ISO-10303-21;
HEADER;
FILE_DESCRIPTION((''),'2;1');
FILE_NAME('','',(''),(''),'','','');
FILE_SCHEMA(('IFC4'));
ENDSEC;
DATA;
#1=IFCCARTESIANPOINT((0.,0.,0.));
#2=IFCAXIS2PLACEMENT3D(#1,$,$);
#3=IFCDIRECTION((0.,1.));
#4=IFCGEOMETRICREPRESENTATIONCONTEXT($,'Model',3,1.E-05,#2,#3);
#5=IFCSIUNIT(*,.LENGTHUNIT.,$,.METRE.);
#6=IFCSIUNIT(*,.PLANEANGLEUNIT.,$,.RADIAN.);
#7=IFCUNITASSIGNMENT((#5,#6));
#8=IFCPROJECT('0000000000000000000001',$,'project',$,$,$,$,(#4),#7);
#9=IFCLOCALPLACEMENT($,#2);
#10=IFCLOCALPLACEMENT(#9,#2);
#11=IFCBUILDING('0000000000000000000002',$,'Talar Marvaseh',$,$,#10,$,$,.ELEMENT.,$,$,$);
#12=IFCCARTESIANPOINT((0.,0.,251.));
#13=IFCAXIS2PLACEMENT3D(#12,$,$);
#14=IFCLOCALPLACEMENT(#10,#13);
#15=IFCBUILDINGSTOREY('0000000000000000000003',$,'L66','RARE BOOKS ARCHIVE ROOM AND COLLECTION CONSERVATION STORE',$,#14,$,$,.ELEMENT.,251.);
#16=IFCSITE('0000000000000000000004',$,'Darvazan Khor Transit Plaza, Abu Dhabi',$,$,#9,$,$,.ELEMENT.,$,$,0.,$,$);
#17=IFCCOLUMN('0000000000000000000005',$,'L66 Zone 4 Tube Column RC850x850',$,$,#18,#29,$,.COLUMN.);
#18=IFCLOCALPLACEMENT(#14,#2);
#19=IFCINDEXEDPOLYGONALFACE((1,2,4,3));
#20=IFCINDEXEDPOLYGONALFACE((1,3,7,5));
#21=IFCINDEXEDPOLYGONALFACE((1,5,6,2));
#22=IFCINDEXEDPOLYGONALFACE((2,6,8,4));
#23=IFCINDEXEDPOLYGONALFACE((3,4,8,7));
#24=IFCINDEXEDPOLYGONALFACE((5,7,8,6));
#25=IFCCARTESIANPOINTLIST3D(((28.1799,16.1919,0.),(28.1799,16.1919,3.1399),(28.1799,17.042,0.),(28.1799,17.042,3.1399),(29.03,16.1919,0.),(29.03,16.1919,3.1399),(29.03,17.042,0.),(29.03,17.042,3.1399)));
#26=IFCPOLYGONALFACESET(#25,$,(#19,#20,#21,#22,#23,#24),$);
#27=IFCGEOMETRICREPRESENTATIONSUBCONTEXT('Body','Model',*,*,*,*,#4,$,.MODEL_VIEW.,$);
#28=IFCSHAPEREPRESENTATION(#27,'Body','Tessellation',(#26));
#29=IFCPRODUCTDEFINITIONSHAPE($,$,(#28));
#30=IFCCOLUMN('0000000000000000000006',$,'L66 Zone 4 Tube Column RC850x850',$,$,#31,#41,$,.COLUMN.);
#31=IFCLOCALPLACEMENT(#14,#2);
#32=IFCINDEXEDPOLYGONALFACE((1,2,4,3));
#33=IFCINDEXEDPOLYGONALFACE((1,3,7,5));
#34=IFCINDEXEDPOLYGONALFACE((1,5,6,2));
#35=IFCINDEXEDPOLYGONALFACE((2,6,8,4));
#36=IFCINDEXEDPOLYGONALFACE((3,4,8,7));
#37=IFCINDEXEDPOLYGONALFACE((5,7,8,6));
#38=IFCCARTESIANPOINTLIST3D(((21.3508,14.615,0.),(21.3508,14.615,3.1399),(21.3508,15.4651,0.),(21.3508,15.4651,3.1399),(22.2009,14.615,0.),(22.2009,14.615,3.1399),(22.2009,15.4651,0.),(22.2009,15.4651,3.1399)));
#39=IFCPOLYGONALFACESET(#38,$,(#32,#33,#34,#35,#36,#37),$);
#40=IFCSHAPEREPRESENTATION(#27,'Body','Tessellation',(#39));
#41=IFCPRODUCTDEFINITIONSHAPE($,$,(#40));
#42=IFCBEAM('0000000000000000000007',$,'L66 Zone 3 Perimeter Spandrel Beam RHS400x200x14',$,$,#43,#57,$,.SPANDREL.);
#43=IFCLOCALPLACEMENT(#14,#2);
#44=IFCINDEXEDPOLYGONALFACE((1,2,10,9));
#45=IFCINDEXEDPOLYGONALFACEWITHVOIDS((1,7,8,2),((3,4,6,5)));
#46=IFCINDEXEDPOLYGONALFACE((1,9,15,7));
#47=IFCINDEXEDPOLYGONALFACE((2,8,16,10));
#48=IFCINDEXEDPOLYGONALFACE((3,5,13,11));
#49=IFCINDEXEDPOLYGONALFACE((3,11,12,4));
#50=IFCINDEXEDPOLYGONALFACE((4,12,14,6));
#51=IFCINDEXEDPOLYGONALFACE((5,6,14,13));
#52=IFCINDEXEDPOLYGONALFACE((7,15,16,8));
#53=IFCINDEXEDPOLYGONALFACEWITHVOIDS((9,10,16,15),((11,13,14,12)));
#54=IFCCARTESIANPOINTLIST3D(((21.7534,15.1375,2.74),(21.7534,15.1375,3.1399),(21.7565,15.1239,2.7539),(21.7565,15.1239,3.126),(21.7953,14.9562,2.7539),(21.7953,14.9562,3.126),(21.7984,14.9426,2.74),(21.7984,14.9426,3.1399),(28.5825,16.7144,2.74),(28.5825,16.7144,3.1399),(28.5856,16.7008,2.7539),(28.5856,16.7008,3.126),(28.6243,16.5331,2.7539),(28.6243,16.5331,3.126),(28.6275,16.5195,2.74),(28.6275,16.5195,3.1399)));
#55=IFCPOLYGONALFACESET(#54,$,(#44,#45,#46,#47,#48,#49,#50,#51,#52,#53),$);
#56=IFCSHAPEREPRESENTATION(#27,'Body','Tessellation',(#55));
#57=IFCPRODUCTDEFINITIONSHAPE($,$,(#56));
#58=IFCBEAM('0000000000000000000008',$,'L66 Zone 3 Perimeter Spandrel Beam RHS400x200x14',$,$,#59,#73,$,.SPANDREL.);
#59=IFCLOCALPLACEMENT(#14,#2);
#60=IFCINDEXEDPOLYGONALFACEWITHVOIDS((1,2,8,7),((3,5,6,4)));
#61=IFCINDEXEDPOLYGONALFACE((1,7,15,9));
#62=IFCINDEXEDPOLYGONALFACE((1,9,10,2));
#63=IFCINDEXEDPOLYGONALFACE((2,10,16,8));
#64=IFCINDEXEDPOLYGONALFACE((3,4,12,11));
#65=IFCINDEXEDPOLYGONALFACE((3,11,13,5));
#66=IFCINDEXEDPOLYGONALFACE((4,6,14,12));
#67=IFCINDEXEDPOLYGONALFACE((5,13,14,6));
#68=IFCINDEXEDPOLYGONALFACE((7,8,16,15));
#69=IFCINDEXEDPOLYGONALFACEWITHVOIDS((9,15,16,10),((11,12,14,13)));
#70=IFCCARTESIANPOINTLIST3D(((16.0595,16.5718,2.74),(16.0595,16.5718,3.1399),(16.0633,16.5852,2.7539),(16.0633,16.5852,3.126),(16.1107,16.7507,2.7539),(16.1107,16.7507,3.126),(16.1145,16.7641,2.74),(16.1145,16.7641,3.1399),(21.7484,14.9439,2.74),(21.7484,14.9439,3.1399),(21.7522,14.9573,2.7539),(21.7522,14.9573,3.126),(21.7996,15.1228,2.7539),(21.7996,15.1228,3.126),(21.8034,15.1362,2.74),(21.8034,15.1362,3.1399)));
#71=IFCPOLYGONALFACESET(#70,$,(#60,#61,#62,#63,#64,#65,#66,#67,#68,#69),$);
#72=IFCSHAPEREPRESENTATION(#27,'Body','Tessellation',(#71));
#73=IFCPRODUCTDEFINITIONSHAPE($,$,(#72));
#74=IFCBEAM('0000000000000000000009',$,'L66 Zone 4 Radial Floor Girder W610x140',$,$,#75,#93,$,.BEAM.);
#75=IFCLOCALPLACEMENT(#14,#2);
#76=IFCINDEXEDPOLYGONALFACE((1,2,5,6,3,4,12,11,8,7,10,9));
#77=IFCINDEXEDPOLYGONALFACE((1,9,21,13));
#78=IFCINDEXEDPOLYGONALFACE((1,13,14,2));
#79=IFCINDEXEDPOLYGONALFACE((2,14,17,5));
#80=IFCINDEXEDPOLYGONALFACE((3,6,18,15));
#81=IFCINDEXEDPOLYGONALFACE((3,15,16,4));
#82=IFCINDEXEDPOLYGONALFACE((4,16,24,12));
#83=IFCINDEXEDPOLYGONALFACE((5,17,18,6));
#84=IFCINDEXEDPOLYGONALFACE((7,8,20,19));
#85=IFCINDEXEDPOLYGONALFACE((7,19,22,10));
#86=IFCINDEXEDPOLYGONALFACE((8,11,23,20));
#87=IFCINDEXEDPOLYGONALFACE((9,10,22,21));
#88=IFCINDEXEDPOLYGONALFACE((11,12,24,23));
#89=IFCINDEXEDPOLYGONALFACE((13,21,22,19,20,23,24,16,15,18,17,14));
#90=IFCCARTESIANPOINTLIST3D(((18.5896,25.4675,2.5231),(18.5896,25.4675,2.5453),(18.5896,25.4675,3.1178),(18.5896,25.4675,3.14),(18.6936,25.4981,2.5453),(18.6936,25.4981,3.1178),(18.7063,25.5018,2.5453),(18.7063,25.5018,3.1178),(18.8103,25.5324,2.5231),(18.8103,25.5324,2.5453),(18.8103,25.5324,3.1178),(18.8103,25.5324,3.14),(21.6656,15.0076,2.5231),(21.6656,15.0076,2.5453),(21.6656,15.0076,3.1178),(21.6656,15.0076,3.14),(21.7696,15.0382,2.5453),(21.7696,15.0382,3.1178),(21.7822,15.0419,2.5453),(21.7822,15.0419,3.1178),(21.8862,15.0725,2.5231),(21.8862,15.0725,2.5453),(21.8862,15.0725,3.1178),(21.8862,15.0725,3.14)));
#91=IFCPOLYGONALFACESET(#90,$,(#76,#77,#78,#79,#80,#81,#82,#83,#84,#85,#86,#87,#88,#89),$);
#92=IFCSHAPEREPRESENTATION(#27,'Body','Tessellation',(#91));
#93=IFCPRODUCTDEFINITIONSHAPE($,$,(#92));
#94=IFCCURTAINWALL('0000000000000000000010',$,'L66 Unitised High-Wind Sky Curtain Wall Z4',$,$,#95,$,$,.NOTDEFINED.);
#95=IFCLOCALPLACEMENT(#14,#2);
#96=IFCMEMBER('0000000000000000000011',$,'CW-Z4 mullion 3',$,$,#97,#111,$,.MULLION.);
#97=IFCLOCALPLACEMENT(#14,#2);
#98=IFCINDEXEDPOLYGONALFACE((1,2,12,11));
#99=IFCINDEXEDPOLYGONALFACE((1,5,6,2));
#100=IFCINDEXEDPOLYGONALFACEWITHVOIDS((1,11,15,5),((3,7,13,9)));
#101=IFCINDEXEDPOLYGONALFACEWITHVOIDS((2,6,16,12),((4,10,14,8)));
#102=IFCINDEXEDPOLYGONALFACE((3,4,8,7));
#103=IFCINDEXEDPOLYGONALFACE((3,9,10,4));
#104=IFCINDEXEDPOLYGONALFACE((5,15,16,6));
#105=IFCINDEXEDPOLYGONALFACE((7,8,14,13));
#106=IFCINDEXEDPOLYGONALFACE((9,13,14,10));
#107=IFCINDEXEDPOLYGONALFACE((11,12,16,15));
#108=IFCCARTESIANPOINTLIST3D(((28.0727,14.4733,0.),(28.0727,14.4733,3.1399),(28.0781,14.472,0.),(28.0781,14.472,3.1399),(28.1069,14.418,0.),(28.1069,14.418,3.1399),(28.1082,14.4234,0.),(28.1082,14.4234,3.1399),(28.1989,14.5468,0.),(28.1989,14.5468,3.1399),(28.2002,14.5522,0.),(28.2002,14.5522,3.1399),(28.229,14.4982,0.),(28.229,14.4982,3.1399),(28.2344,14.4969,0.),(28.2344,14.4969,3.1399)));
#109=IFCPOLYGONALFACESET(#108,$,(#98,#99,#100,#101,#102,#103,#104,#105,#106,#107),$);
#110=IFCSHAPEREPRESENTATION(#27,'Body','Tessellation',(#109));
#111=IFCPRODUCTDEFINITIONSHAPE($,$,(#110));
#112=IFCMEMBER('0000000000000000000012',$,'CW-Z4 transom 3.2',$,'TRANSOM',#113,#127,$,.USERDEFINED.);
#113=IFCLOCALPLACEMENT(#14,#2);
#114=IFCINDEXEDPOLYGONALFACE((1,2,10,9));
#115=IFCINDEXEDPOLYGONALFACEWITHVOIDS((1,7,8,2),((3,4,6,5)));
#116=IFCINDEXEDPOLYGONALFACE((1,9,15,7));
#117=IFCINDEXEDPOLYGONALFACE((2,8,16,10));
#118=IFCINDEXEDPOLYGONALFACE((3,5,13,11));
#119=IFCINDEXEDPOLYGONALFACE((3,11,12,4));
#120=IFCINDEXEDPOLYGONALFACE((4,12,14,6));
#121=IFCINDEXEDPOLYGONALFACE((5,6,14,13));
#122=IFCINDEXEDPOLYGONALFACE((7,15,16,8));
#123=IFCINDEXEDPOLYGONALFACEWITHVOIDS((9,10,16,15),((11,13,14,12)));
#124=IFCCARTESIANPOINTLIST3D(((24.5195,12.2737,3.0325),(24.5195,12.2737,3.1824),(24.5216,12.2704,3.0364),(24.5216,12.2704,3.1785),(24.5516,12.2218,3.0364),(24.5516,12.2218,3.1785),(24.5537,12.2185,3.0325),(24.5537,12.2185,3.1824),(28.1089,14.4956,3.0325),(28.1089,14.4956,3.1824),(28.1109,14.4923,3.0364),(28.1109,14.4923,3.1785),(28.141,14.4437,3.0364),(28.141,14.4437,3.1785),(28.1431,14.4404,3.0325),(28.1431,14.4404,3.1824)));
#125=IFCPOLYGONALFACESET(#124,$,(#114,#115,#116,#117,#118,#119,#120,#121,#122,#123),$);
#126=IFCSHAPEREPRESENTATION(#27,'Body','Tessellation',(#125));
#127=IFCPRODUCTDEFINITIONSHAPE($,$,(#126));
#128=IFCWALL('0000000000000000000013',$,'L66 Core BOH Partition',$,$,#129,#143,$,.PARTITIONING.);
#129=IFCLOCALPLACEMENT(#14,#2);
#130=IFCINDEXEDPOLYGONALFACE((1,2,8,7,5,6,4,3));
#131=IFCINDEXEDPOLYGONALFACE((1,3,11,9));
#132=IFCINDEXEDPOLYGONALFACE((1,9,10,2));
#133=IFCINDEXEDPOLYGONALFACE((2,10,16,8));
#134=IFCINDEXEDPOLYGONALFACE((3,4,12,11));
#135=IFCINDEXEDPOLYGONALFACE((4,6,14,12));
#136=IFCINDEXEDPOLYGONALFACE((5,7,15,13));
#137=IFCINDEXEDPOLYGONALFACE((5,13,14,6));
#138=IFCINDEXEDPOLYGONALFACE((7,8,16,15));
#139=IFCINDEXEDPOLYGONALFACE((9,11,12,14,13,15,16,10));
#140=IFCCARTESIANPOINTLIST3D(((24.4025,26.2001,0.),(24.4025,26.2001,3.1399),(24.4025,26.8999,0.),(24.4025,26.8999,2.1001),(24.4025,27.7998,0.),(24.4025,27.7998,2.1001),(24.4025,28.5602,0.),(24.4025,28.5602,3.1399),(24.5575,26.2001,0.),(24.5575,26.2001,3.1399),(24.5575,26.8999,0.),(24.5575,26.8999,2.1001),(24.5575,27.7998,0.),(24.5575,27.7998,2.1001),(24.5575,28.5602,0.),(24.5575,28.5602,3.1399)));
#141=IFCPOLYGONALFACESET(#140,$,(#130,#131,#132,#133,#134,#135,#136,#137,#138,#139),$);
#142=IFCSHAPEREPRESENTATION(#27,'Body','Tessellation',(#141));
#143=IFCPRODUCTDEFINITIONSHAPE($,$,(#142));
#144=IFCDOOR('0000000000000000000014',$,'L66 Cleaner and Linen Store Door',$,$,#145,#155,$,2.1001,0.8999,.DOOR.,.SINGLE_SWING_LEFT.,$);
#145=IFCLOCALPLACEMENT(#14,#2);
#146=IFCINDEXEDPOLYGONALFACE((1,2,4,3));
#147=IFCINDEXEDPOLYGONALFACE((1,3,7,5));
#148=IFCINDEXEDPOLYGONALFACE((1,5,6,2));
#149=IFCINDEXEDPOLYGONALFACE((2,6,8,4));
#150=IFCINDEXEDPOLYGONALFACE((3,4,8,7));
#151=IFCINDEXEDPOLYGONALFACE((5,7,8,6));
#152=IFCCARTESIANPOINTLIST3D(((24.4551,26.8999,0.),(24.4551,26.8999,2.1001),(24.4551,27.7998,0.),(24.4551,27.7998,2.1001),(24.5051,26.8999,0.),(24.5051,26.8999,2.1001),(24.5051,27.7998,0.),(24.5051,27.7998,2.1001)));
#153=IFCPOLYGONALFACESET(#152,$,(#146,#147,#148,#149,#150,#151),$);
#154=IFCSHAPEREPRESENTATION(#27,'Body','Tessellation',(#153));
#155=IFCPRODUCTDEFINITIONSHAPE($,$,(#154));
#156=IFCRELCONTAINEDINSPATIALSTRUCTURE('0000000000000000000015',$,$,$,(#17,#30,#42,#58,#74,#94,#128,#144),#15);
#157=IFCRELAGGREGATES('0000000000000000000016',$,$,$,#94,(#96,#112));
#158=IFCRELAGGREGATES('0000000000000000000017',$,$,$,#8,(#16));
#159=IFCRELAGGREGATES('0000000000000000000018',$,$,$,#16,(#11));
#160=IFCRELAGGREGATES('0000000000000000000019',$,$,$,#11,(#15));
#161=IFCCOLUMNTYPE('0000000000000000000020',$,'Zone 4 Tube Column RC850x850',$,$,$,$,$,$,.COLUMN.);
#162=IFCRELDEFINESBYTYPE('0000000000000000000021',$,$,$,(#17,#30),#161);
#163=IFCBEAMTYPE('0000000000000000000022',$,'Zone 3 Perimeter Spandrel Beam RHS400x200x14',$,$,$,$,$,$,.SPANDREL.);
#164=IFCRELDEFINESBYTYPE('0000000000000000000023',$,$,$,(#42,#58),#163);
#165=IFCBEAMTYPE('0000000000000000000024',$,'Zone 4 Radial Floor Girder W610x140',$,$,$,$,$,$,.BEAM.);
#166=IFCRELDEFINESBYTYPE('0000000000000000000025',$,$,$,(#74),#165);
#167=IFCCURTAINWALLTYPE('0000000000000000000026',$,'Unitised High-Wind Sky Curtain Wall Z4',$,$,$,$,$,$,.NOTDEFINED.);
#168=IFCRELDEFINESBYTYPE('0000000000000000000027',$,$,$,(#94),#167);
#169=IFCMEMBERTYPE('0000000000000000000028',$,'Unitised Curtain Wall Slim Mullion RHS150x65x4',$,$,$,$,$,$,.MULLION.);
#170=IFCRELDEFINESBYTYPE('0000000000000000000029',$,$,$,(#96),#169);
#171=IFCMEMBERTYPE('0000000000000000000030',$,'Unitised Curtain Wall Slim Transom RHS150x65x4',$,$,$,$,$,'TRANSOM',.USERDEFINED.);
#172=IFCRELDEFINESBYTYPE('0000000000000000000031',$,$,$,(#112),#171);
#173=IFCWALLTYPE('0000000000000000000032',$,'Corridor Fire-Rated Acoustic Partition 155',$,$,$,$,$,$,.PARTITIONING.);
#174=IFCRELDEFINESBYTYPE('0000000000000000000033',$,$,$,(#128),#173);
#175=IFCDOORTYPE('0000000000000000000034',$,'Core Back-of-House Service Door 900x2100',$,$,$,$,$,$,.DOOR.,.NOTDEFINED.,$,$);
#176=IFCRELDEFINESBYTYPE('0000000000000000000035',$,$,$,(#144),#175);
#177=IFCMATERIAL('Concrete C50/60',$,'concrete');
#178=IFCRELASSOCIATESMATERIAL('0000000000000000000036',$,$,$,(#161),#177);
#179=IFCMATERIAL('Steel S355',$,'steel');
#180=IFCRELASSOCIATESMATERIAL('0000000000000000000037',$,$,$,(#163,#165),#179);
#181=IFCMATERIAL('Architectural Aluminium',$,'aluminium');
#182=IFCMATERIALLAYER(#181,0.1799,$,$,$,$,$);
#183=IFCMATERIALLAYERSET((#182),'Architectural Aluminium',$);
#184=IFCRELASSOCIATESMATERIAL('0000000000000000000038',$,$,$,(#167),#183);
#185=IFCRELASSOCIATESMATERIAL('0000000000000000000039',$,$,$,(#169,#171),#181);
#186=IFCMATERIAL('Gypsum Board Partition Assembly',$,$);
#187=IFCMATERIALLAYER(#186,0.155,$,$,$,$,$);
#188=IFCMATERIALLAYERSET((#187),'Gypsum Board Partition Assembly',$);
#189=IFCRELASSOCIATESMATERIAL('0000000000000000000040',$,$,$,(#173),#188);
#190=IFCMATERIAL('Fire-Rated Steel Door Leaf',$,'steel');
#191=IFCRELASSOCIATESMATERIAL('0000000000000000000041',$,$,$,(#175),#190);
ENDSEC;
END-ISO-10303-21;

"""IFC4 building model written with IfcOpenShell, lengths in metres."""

from ifc_helpers import new_model, si_unit, direction, frame, frame_2d, origin, origin_2d, place, context, subcontext, project, spatial, rectangle, hollow_rectangle, i_section, extrude, source, transform, mapped, material, layer, layer_set, material_profile, profile_set, type_object, type_shapes, element, fill, aggregate, save


model = new_model("IFC4")

# Units and contexts
model_context = context("Model", 3, precision=1e-05, world=origin(), true_north=direction((0.0, 1.0)))
body_context = subcontext(model_context, "Body", "Model", "MODEL_VIEW")
ifc_project = project(units=[si_unit("LENGTHUNIT", "METRE"), si_unit("PLANEANGLEUNIT", "RADIAN")], contexts=[model_context])

# Site, building, storey
site_placement = place(None, origin())
site = spatial("IfcSite", under=ifc_project, at=site_placement, Name="Darvazan Khor Transit Plaza, Abu Dhabi", CompositionType="ELEMENT", RefElevation=0.0)
building_placement = place(site_placement, origin())
building = spatial("IfcBuilding", under=site, at=building_placement, Name="Talar Marvaseh", CompositionType="ELEMENT")
storey_placement = place(building_placement, frame((0.0, 0.0, 251.0)))
storey = spatial("IfcBuildingStorey", under=building, at=storey_placement, Name="L66", Description="RARE BOOKS ARCHIVE ROOM AND COLLECTION CONSERVATION STORE", CompositionType="ELEMENT", Elevation=251.0)

# Columns
ifc_material_1 = material(Name="Concrete C50/60", Category="concrete")
ifc_material_profile_1 = material_profile(ifc_material_1, rectangle(XDim=0.8501, YDim=0.8501, at=origin_2d()), Name="RC850x850")
ifc_profile_set_1 = profile_set([ifc_material_profile_1], Name="Concrete C50/60")
column_type = type_object("IfcColumnType", Name="Zone 4 Tube Column RC850x850", PredefinedType="COLUMN", material=ifc_profile_set_1)
for number, where, z_axis, x_axis, name in (
    (1, (28.605, 16.6169, 0.0), (0.0, 0.0, 1.0), (1.0, 0.0, 0.0), "L66 Zone 4 Tube Column RC850x850"),
    (2, (21.7759, 15.04, 0.0), (0.0, 0.0, 1.0), (1.0, 0.0, 0.0), "L66 Zone 4 Tube Column RC850x850"),
):
    element("IfcColumn", number, at=place(storey_placement, frame(where, z_axis=z_axis, x_axis=x_axis)), inside=storey, type_object=column_type, Name=name, PredefinedType="COLUMN", context=body_context, shape_type="SweptSolid", body=[
        extrude(rectangle(XDim=0.8501, YDim=0.8501, at=origin_2d()), origin(), (0.0, 0.0, 1.0), 3.1399),
    ])

# Beams
ifc_material_2 = material(Name="Steel S355", Category="steel")
ifc_material_profile_2 = material_profile(ifc_material_2, hollow_rectangle(XDim=0.2, YDim=0.3999, WallThickness=0.0139, at=origin_2d()), Name="RHS400x200x14")
ifc_profile_set_2 = profile_set([ifc_material_profile_2], Name="Steel S355")
beam_type_1 = type_object("IfcBeamType", Name="Zone 3 Perimeter Spandrel Beam RHS400x200x14", PredefinedType="SPANDREL", material=ifc_profile_set_2)
beam_1_placement = place(storey_placement, frame((28.605, 16.6169, 2.9399), z_axis=(-0.974361, -0.224989, 0.0), x_axis=(0.224989, -0.974361, 0.0)))
element("IfcBeam", 3, at=beam_1_placement, inside=storey, type_object=beam_type_1, Name="L66 Zone 3 Perimeter Spandrel Beam RHS400x200x14", PredefinedType="SPANDREL", context=body_context, shape_type="SweptSolid", body=[
    extrude(hollow_rectangle(XDim=0.2, YDim=0.3999, WallThickness=0.0139, at=origin_2d()), origin(), (0.0, 0.0, 1.0), 7.0088),
])
beam_2_placement = place(storey_placement, frame((21.7759, 15.04, 2.9399), z_axis=(-0.961412, 0.275113, 0.0), x_axis=(-0.275113, -0.961412, 0.0)))
element("IfcBeam", 4, at=beam_2_placement, inside=storey, type_object=beam_type_1, Name="L66 Zone 3 Perimeter Spandrel Beam RHS400x200x14", PredefinedType="SPANDREL", context=body_context, shape_type="SweptSolid", body=[
    extrude(hollow_rectangle(XDim=0.2, YDim=0.3999, WallThickness=0.0139, at=origin_2d()), origin(), (0.0, 0.0, 1.0), 5.9172),
])
ifc_material_profile_3 = material_profile(ifc_material_2, i_section(OverallWidth=0.23, OverallDepth=0.6169, WebThickness=0.0132, FlangeThickness=0.0222, at=origin_2d()), Name="W610x140")
ifc_profile_set_3 = profile_set([ifc_material_profile_3], Name="Steel S355")
beam_type_2 = type_object("IfcBeamType", Name="Zone 4 Radial Floor Girder W610x140", PredefinedType="BEAM", material=ifc_profile_set_3)
beam_3_placement = place(storey_placement, frame((21.7759, 15.04, 2.8315), z_axis=(-0.282121, 0.959379, 0.0), x_axis=(-0.959379, -0.282121, 0.0)))
element("IfcBeam", 5, at=beam_3_placement, inside=storey, type_object=beam_type_2, Name="L66 Zone 4 Radial Floor Girder W610x140", PredefinedType="BEAM", context=body_context, shape_type="SweptSolid", body=[
    extrude(i_section(OverallWidth=0.23, OverallDepth=0.6169, WebThickness=0.0132, FlangeThickness=0.0222, at=origin_2d()), origin(), (0.0, 0.0, 1.0), 10.9028),
])

# Curtain wall, members
ifc_material_3 = material(Name="Architectural Aluminium", Category="aluminium")
ifc_layer_1 = layer(ifc_material_3, 0.1799)
ifc_layer_set_1 = layer_set([ifc_layer_1], Name="Architectural Aluminium")
curtain_wall_type = type_object("IfcCurtainWallType", Name="Unitised High-Wind Sky Curtain Wall Z4", PredefinedType="NOTDEFINED", material=ifc_layer_set_1)
curtain_wall_placement = place(storey_placement, origin())
curtain_wall = element("IfcCurtainWall", 6, at=curtain_wall_placement, inside=storey, type_object=curtain_wall_type, Name="L66 Unitised High-Wind Sky Curtain Wall Z4", PredefinedType="NOTDEFINED")
ifc_material_profile_4 = material_profile(ifc_material_3, hollow_rectangle(XDim=0.0649, YDim=0.1499, WallThickness=0.0039, at=origin_2d()), Name="RHS150x65x4")
ifc_profile_set_4 = profile_set([ifc_material_profile_4], Name="Architectural Aluminium")
member_type_1 = type_object("IfcMemberType", Name="Unitised Curtain Wall Slim Mullion RHS150x65x4", PredefinedType="MULLION", material=ifc_profile_set_4)
shared_shape_1 = source(origin(), body_context, "Body", "SweptSolid", [
    extrude(hollow_rectangle(XDim=0.0649, YDim=0.1499, WallThickness=0.0039, at=origin_2d()), origin(), (0.0, 0.0, 1.0), 3.1399),
])
type_shapes(member_type_1, [shared_shape_1])
member_1_placement = place(storey_placement, frame((28.1536, 14.4851, 0.0), z_axis=(0.0, 0.0, 1.0), x_axis=(0.52635, -0.850268, 0.0)))
member_1 = element("IfcMember", 7, at=member_1_placement, type_object=member_type_1, Name="CW-Z4 mullion 3", PredefinedType="MULLION", context=body_context, shape_type="MappedRepresentation", body=[
    mapped(shared_shape_1, transform((0.0, 0.0, 0.0), x_axis=(1.0, 0.0, 0.0), y_axis=(0.0, 1.0, 0.0), z_axis=(0.0, 0.0, 1.0), scale=1.0)),
])
ifc_material_profile_5 = material_profile(ifc_material_3, hollow_rectangle(XDim=0.0649, YDim=0.1499, WallThickness=0.0039, at=origin_2d()), Name="RHS150x65x4")
ifc_profile_set_5 = profile_set([ifc_material_profile_5], Name="Architectural Aluminium")
member_type_2 = type_object("IfcMemberType", Name="Unitised Curtain Wall Slim Transom RHS150x65x4", ElementType="TRANSOM", PredefinedType="USERDEFINED", material=ifc_profile_set_5)
shared_shape_2 = source(origin(), body_context, "Body", "SweptSolid", [
    extrude(hollow_rectangle(XDim=0.0649, YDim=0.1499, WallThickness=0.0039, at=origin_2d()), origin(), (0.0, 0.0, 1.0), 4.2214),
])
type_shapes(member_type_2, [shared_shape_2])
member_2_placement = place(storey_placement, frame((28.126, 14.468, 3.1074), z_axis=(-0.850271, -0.526345, 0.0), x_axis=(0.526345, -0.850271, 0.0)))
member_2 = element("IfcMember", 8, at=member_2_placement, type_object=member_type_2, Name="CW-Z4 transom 3.2", ObjectType="TRANSOM", PredefinedType="USERDEFINED", context=body_context, shape_type="MappedRepresentation", body=[
    mapped(shared_shape_2, transform((0.0, 0.0, 0.0), x_axis=(1.0, 0.0, 0.0), y_axis=(0.0, 1.0, 0.0), z_axis=(0.0, 0.0, 1.0), scale=1.0)),
])
aggregate(curtain_wall, [member_1, member_2])

# Wall, opening, door
ifc_material_4 = material(Name="Gypsum Board Partition Assembly")
ifc_layer_2 = layer(ifc_material_4, 0.155)
ifc_layer_set_2 = layer_set([ifc_layer_2], Name="Gypsum Board Partition Assembly")
wall_type_1 = type_object("IfcWallType", Name="Corridor Fire-Rated Acoustic Partition 155", PredefinedType="PARTITIONING", material=ifc_layer_set_2)
wall_1_placement = place(storey_placement, frame((24.48, 26.2, 0.0), z_axis=(0.0, 0.0, 1.0), x_axis=(0.0, 1.0, 0.0)))
wall_1 = element("IfcWall", 9, at=wall_1_placement, inside=storey, type_object=wall_type_1, Name="L66 Core BOH Partition", PredefinedType="PARTITIONING", context=body_context, shape_type="SweptSolid", body=[
    extrude(rectangle(XDim=2.3601, YDim=0.155, at=frame_2d((1.1802, 0.0))), origin(), (0.0, 0.0, 1.0), 3.1399),
])
opening_1_placement = place(wall_1_placement, frame((0.7, 0.0, 0.0)))
opening_1 = element("IfcOpeningElement", 10, at=opening_1_placement, cuts=wall_1, PredefinedType="OPENING", context=body_context, shape_type="SweptSolid", body=[
    extrude(rectangle(XDim=0.8999, YDim=2.1001, at=frame_2d((0.45, 1.05))), frame((0.0, 0.0874, 0.0), z_axis=(0.0, -1.0, 0.0), x_axis=(1.0, 0.0, 0.0)), (0.0, 0.0, 1.0), 0.175),
])
ifc_material_5 = material(Name="Fire-Rated Steel Door Leaf", Category="steel")
door_type_1 = type_object("IfcDoorType", Name="Core Back-of-House Service Door 900x2100", OperationType="NOTDEFINED", PredefinedType="DOOR", material=ifc_material_5)
shared_shape_3 = source(origin(), body_context, "Body", "SweptSolid", [
    extrude(rectangle(XDim=0.8999, YDim=2.1001, at=frame_2d((0.45, 1.05))), frame((0.0, 0.0249, 0.0), z_axis=(0.0, -1.0, 0.0), x_axis=(1.0, 0.0, 0.0)), (0.0, 0.0, 1.0), 0.05),
])
type_shapes(door_type_1, [shared_shape_3])
door_1_placement = place(opening_1_placement, origin())
door_1 = element("IfcDoor", 11, at=door_1_placement, inside=storey, type_object=door_type_1, Name="L66 Cleaner and Linen Store Door", OperationType="SINGLE_SWING_LEFT", OverallHeight=2.1001, OverallWidth=0.8999, PredefinedType="DOOR", context=body_context, shape_type="MappedRepresentation", body=[
    mapped(shared_shape_3, transform((0.0, 0.0, 0.0), x_axis=(1.0, 0.0, 0.0), y_axis=(0.0, 1.0, 0.0), z_axis=(0.0, 0.0, 1.0), scale=1.0)),
])
fill(opening_1, door_1)

save(model, "model.ifc")
